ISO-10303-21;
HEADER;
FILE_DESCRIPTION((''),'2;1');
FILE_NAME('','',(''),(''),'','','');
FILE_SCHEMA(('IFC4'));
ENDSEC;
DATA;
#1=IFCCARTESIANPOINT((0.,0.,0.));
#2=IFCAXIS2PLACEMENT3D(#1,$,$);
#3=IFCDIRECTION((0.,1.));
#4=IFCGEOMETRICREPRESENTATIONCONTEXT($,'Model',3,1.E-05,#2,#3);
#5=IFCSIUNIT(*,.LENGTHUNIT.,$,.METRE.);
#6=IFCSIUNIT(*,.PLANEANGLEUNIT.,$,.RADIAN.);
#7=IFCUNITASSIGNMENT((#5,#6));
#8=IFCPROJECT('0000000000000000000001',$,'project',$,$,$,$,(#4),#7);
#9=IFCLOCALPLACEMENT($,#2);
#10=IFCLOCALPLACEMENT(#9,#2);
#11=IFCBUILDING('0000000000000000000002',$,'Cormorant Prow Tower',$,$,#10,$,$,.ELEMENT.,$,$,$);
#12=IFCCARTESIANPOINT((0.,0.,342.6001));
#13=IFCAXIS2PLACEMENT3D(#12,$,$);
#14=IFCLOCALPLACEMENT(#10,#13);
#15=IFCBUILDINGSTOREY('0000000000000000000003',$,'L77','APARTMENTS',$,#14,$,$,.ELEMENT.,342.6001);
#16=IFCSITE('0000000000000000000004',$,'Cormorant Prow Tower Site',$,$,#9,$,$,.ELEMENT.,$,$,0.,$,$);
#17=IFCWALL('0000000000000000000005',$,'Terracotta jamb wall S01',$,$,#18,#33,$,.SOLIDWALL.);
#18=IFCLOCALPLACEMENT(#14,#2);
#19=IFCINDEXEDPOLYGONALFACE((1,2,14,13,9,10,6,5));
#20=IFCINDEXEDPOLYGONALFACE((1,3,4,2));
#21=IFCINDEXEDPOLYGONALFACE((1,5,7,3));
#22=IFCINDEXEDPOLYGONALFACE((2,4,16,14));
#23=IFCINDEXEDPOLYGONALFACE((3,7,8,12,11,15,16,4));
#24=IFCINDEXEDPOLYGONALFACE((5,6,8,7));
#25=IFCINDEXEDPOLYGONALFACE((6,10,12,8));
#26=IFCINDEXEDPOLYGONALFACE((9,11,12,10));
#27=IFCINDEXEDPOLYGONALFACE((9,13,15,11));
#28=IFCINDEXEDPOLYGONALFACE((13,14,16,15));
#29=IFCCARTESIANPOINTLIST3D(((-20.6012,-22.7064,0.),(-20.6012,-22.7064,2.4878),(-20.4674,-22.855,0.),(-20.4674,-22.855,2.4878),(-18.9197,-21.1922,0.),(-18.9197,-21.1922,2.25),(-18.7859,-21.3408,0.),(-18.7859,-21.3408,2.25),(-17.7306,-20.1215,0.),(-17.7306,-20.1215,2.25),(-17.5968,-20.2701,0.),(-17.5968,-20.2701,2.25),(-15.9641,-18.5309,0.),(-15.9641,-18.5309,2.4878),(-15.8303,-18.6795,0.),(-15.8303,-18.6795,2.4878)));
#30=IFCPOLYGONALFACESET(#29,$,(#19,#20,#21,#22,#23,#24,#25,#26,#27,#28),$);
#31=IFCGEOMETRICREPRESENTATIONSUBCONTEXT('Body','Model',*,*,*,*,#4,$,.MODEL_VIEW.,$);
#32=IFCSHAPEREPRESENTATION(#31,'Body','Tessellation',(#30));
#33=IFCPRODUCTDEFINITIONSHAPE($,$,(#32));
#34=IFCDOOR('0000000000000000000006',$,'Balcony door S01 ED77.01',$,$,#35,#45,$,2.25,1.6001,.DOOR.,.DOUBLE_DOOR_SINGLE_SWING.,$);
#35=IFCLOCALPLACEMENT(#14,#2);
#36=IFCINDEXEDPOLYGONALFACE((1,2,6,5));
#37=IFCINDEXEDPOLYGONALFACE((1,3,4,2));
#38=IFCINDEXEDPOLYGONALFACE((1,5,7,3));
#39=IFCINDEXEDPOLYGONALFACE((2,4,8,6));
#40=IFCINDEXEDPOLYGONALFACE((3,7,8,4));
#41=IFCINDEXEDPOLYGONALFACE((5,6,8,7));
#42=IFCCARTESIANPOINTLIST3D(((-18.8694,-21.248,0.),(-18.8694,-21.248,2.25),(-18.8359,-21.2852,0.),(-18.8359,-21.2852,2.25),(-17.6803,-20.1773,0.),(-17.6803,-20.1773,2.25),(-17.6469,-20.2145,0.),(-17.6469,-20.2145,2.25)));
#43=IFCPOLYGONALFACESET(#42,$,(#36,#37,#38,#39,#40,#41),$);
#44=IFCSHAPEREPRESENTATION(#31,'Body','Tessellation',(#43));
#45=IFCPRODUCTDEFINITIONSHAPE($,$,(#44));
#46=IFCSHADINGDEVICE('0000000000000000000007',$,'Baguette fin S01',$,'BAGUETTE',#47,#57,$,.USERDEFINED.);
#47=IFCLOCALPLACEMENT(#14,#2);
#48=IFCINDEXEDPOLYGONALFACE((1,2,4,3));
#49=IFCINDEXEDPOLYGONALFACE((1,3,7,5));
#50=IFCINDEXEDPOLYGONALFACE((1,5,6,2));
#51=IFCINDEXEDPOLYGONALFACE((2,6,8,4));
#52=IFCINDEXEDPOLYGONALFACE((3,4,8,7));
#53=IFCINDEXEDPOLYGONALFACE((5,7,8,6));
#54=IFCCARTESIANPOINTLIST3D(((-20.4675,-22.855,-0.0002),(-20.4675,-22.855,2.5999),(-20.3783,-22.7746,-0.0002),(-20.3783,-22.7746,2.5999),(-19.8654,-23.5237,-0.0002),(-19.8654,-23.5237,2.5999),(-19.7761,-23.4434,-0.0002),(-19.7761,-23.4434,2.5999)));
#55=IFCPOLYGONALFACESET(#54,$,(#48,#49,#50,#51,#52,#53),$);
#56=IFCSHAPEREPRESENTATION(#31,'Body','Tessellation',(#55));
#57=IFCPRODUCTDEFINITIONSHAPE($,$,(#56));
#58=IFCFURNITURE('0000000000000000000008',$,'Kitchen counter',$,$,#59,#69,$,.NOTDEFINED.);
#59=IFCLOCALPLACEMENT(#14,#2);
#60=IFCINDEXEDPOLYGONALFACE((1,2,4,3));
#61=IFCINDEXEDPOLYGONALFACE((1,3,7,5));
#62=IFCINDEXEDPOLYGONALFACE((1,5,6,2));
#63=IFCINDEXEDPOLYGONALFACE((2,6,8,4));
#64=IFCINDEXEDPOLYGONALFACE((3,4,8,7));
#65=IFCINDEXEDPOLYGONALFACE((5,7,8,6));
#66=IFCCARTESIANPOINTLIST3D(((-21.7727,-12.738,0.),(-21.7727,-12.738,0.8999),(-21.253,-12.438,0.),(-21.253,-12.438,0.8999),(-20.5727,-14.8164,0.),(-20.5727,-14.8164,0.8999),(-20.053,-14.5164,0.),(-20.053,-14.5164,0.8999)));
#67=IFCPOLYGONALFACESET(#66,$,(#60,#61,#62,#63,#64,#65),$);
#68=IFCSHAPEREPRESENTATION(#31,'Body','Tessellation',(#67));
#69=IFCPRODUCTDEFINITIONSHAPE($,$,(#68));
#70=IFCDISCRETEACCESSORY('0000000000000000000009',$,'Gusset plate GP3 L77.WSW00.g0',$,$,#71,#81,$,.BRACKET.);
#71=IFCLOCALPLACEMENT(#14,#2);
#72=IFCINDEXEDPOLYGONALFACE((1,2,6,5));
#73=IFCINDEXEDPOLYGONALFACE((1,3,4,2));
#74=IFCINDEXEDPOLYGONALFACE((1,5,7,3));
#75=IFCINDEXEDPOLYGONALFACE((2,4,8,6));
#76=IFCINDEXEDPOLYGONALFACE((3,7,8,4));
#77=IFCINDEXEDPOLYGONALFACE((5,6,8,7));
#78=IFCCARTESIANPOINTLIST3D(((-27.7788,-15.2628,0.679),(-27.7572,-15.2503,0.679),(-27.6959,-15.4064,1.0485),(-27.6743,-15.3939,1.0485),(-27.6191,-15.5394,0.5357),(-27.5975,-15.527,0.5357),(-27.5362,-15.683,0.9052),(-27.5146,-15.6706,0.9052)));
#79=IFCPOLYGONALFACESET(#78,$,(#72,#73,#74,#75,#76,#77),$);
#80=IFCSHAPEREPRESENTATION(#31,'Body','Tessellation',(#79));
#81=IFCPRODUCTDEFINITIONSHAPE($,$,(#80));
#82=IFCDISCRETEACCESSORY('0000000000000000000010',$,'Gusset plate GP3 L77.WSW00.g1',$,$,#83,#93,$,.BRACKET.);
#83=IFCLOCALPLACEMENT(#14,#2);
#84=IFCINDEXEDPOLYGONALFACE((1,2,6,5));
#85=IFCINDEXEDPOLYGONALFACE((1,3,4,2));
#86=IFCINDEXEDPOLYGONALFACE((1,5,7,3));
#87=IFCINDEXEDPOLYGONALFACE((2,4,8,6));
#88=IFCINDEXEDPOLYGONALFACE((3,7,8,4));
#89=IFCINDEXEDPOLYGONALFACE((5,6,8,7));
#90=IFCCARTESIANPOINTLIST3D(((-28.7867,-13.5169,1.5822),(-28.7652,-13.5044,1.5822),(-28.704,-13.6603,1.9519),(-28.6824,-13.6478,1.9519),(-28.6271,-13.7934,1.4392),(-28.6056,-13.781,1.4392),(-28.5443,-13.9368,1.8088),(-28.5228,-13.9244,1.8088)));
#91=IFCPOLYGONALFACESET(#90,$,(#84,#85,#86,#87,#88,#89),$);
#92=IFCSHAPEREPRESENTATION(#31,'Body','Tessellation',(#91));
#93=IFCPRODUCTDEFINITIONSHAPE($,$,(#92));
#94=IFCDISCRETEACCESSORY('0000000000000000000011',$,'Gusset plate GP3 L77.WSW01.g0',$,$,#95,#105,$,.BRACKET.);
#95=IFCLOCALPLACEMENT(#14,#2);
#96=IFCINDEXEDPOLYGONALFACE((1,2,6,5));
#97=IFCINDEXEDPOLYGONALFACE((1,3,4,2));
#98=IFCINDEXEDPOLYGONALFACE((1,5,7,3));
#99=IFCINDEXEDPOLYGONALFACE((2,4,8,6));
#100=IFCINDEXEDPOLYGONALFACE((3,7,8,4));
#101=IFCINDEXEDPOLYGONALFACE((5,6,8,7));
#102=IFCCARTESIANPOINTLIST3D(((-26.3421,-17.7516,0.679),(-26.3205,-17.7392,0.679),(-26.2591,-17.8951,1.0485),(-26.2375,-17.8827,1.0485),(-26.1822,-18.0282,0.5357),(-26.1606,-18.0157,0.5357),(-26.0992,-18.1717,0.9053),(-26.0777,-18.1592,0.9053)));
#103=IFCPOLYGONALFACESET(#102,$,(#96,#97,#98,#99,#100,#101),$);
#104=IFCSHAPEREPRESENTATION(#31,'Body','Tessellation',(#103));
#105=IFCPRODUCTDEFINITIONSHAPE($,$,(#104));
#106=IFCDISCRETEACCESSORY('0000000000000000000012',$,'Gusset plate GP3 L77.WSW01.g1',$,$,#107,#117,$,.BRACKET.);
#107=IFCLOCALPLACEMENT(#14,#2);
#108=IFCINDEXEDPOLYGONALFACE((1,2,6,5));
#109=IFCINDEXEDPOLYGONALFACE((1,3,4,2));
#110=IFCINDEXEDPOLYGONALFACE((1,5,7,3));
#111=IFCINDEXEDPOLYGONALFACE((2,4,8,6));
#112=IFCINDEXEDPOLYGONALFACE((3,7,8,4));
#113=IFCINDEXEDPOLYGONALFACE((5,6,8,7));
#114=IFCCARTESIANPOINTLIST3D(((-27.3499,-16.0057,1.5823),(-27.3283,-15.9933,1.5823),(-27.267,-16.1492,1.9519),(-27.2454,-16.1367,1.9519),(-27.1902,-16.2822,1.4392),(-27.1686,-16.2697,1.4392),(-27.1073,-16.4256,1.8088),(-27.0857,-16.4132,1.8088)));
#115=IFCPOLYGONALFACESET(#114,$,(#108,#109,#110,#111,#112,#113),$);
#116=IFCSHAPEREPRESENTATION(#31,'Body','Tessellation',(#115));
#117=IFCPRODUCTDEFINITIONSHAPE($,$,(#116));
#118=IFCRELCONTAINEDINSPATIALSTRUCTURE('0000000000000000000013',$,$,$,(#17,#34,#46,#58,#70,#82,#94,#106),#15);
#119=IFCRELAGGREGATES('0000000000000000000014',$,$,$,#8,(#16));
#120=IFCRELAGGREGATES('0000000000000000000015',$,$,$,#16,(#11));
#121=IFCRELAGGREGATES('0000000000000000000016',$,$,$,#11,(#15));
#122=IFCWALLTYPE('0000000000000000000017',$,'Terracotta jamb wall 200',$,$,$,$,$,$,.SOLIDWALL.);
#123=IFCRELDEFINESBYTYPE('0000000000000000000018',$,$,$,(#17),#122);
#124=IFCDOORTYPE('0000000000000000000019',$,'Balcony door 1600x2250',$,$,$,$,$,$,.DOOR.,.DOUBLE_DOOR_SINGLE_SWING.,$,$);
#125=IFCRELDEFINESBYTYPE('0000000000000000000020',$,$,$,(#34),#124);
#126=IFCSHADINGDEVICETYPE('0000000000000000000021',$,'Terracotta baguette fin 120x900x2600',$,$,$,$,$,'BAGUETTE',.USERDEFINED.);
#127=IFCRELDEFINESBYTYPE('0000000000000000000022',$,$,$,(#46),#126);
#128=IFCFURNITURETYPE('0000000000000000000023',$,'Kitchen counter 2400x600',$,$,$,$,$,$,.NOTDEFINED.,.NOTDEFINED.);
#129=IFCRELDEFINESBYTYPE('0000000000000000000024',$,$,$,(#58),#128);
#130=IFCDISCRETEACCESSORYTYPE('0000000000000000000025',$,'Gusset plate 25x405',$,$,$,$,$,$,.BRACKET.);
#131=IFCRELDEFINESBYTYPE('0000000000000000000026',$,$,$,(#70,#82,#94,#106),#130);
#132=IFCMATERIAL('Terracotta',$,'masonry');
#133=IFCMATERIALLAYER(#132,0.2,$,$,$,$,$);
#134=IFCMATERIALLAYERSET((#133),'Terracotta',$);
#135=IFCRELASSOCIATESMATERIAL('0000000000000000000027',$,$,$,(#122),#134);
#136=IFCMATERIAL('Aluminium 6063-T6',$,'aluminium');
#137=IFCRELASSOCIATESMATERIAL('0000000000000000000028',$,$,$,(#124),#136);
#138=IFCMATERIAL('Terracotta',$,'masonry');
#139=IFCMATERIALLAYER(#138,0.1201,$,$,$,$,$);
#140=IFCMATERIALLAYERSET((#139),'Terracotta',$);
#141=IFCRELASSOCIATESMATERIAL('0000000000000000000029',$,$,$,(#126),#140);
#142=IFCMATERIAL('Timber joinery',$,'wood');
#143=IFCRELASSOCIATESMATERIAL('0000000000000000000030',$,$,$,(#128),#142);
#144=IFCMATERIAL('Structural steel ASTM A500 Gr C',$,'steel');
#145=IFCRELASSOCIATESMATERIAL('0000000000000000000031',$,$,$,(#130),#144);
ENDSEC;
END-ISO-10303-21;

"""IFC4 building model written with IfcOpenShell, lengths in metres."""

from ifc_helpers import new_model, si_unit, direction, frame, frame_2d, origin, origin_2d, place, context, subcontext, project, spatial, rectangle, extrude, material, layer, layer_set, material_profile, profile_set, type_object, element, fill, save


model = new_model("IFC4")

# Units and contexts
model_context = context("Model", 3, precision=1e-05, world=origin(), true_north=direction((0.0, 1.0)))
body_context = subcontext(model_context, "Body", "Model", "MODEL_VIEW")
ifc_project = project(units=[si_unit("LENGTHUNIT", "METRE"), si_unit("PLANEANGLEUNIT", "RADIAN")], contexts=[model_context])

# Site, building, storey
site_placement = place(None, origin())
site = spatial("IfcSite", under=ifc_project, at=site_placement, Name="Cormorant Prow Tower Site", CompositionType="ELEMENT", RefElevation=0.0)
building_placement = place(site_placement, origin())
building = spatial("IfcBuilding", under=site, at=building_placement, Name="Cormorant Prow Tower", CompositionType="ELEMENT")
storey_placement = place(building_placement, frame((0.0, 0.0, 342.6001)))
storey = spatial("IfcBuildingStorey", under=building, at=storey_placement, Name="L77", Description="APARTMENTS", CompositionType="ELEMENT", Elevation=342.6001)

# Wall, opening, door
ifc_material_1 = material(Name="Terracotta", Category="masonry")
ifc_layer_1 = layer(ifc_material_1, 0.2)
ifc_layer_set_1 = layer_set([ifc_layer_1], Name="Terracotta")
wall_type_1 = type_object("IfcWallType", Name="Terracotta jamb wall 200", PredefinedType="SOLIDWALL", material=ifc_layer_set_1)
wall_1_placement = place(storey_placement, frame((-20.5344, -22.7808, 0.0), z_axis=(0.0, 0.0, 1.0), x_axis=(0.743131, 0.669146, 0.0)))
wall_1 = element("IfcWall", 1, at=wall_1_placement, inside=storey, type_object=wall_type_1, Name="Terracotta jamb wall S01", PredefinedType="SOLIDWALL", context=body_context, shape_type="SweptSolid", body=[
    extrude(rectangle(XDim=6.24, YDim=0.2, at=frame_2d((3.1201, 0.0))), origin(), (0.0, 0.0, 1.0), 2.4878),
])
opening_1_placement = place(wall_1_placement, frame((2.2629, 0.0, 0.0)))
opening_1 = element("IfcOpeningElement", 2, at=opening_1_placement, cuts=wall_1, PredefinedType="OPENING", context=body_context, shape_type="SweptSolid", body=[
    extrude(rectangle(XDim=1.6001, YDim=2.25, at=frame_2d((0.8, 1.125))), frame((0.0, 0.1099, 0.0), z_axis=(0.0, -1.0, 0.0), x_axis=(1.0, 0.0, 0.0)), (0.0, 0.0, 1.0), 0.22),
])
ifc_material_2 = material(Name="Aluminium 6063-T6", Category="aluminium")
door_type_1 = type_object("IfcDoorType", Name="Balcony door 1600x2250", OperationType="DOUBLE_DOOR_SINGLE_SWING", PredefinedType="DOOR", material=ifc_material_2)
door_1_placement = place(opening_1_placement, origin())
door_1 = element("IfcDoor", 3, at=door_1_placement, inside=storey, type_object=door_type_1, Name="Balcony door S01 ED77.01", OperationType="DOUBLE_DOOR_SINGLE_SWING", OverallHeight=2.25, OverallWidth=1.6001, PredefinedType="DOOR", context=body_context, shape_type="SweptSolid", body=[
    extrude(rectangle(XDim=1.6001, YDim=2.25, at=frame_2d((0.8, 1.125))), frame((0.0, 0.0249, 0.0), z_axis=(0.0, -1.0, 0.0), x_axis=(1.0, 0.0, 0.0)), (0.0, 0.0, 1.0), 0.05),
])
fill(opening_1, door_1)

# Shading device
ifc_material_3 = material(Name="Terracotta", Category="masonry")
ifc_layer_2 = layer(ifc_material_3, 0.1201)
ifc_layer_set_2 = layer_set([ifc_layer_2], Name="Terracotta")
shading_device_type = type_object("IfcShadingDeviceType", Name="Terracotta baguette fin 120x900x2600", ElementType="BAGUETTE", PredefinedType="USERDEFINED", material=ifc_layer_set_2)
shading_device_placement = place(storey_placement, frame((-20.1218, -23.1492, -0.0002), z_axis=(0.0, 0.0, 1.0), x_axis=(0.743145, 0.669131, 0.0)))
element("IfcShadingDevice", 4, at=shading_device_placement, inside=storey, type_object=shading_device_type, Name="Baguette fin S01", ObjectType="BAGUETTE", PredefinedType="USERDEFINED", context=body_context, shape_type="SweptSolid", body=[
    extrude(rectangle(XDim=0.1201, YDim=0.8999, at=origin_2d()), origin(), (0.0, 0.0, 1.0), 2.6001),
])

# Furniture
ifc_material_4 = material(Name="Timber joinery", Category="wood")
furniture_type = type_object("IfcFurnitureType", Name="Kitchen counter 2400x600", AssemblyPlace="NOTDEFINED", PredefinedType="NOTDEFINED", material=ifc_material_4)
furniture_placement = place(storey_placement, frame((-20.9128, -13.6272, 0.0), z_axis=(0.0, 0.0, 1.0), x_axis=(0.5, -0.866025, 0.0)))
element("IfcFurniture", 5, at=furniture_placement, inside=storey, type_object=furniture_type, Name="Kitchen counter", PredefinedType="NOTDEFINED", context=body_context, shape_type="SweptSolid", body=[
    extrude(rectangle(XDim=2.3999, YDim=0.6001, at=origin_2d()), origin(), (0.0, 0.0, 1.0), 0.8999),
])

# Discrete accessories
ifc_material_5 = material(Name="Structural steel ASTM A500 Gr C", Category="steel")
ifc_material_profile_1 = material_profile(ifc_material_5, rectangle(XDim=0.0249, YDim=0.405, at=origin_2d()), Name="Gusset plate 25x405")
ifc_profile_set_1 = profile_set([ifc_material_profile_1], Name="Structural steel ASTM A500 Gr C")
discrete_accessory_type = type_object("IfcDiscreteAccessoryType", Name="Gusset plate 25x405", PredefinedType="BRACKET", material=ifc_profile_set_1)
discrete_accessory_1_placement = place(storey_placement, frame((-27.7266, -15.3284, 0.8638), z_axis=(0.456109, -0.790171, -0.409383), x_axis=(0.866071, 0.499921, 0.0)))
element("IfcDiscreteAccessory", 6, at=discrete_accessory_1_placement, inside=storey, type_object=discrete_accessory_type, Name="Gusset plate GP3 L77.WSW00.g0", PredefinedType="BRACKET", context=body_context, shape_type="SweptSolid", body=[
    extrude(rectangle(XDim=0.0249, YDim=0.405, at=origin_2d()), origin(), (0.0, 0.0, 1.0), 0.3501),
])
discrete_accessory_2_placement = place(storey_placement, frame((-28.575, -13.8589, 1.624), z_axis=(-0.456239, 0.790397, 0.408802), x_axis=(-0.866071, -0.499921, 0.0)))
element("IfcDiscreteAccessory", 7, at=discrete_accessory_2_placement, inside=storey, type_object=discrete_accessory_type, Name="Gusset plate GP3 L77.WSW00.g1", PredefinedType="BRACKET", context=body_context, shape_type="SweptSolid", body=[
    extrude(rectangle(XDim=0.0249, YDim=0.405, at=origin_2d()), origin(), (0.0, 0.0, 1.0), 0.3499),
])
discrete_accessory_3_placement = place(storey_placement, frame((-26.2898, -17.8171, 0.8638), z_axis=(0.456661, -0.78992, -0.409252), x_axis=(0.86574, 0.500494, 0.0)))
element("IfcDiscreteAccessory", 8, at=discrete_accessory_3_placement, inside=storey, type_object=discrete_accessory_type, Name="Gusset plate GP3 L77.WSW01.g0", PredefinedType="BRACKET", context=body_context, shape_type="SweptSolid", body=[
    extrude(rectangle(XDim=0.0249, YDim=0.405, at=origin_2d()), origin(), (0.0, 0.0, 1.0), 0.3501),
])
discrete_accessory_4_placement = place(storey_placement, frame((-27.1379, -16.3477, 1.624), z_axis=(-0.456491, 0.790135, 0.409027), x_axis=(-0.86588, -0.500252, 0.0)))
element("IfcDiscreteAccessory", 9, at=discrete_accessory_4_placement, inside=storey, type_object=discrete_accessory_type, Name="Gusset plate GP3 L77.WSW01.g1", PredefinedType="BRACKET", context=body_context, shape_type="SweptSolid", body=[
    extrude(rectangle(XDim=0.0249, YDim=0.405, at=origin_2d()), origin(), (0.0, 0.0, 1.0), 0.3499),
])

save(model, "model.ifc")
